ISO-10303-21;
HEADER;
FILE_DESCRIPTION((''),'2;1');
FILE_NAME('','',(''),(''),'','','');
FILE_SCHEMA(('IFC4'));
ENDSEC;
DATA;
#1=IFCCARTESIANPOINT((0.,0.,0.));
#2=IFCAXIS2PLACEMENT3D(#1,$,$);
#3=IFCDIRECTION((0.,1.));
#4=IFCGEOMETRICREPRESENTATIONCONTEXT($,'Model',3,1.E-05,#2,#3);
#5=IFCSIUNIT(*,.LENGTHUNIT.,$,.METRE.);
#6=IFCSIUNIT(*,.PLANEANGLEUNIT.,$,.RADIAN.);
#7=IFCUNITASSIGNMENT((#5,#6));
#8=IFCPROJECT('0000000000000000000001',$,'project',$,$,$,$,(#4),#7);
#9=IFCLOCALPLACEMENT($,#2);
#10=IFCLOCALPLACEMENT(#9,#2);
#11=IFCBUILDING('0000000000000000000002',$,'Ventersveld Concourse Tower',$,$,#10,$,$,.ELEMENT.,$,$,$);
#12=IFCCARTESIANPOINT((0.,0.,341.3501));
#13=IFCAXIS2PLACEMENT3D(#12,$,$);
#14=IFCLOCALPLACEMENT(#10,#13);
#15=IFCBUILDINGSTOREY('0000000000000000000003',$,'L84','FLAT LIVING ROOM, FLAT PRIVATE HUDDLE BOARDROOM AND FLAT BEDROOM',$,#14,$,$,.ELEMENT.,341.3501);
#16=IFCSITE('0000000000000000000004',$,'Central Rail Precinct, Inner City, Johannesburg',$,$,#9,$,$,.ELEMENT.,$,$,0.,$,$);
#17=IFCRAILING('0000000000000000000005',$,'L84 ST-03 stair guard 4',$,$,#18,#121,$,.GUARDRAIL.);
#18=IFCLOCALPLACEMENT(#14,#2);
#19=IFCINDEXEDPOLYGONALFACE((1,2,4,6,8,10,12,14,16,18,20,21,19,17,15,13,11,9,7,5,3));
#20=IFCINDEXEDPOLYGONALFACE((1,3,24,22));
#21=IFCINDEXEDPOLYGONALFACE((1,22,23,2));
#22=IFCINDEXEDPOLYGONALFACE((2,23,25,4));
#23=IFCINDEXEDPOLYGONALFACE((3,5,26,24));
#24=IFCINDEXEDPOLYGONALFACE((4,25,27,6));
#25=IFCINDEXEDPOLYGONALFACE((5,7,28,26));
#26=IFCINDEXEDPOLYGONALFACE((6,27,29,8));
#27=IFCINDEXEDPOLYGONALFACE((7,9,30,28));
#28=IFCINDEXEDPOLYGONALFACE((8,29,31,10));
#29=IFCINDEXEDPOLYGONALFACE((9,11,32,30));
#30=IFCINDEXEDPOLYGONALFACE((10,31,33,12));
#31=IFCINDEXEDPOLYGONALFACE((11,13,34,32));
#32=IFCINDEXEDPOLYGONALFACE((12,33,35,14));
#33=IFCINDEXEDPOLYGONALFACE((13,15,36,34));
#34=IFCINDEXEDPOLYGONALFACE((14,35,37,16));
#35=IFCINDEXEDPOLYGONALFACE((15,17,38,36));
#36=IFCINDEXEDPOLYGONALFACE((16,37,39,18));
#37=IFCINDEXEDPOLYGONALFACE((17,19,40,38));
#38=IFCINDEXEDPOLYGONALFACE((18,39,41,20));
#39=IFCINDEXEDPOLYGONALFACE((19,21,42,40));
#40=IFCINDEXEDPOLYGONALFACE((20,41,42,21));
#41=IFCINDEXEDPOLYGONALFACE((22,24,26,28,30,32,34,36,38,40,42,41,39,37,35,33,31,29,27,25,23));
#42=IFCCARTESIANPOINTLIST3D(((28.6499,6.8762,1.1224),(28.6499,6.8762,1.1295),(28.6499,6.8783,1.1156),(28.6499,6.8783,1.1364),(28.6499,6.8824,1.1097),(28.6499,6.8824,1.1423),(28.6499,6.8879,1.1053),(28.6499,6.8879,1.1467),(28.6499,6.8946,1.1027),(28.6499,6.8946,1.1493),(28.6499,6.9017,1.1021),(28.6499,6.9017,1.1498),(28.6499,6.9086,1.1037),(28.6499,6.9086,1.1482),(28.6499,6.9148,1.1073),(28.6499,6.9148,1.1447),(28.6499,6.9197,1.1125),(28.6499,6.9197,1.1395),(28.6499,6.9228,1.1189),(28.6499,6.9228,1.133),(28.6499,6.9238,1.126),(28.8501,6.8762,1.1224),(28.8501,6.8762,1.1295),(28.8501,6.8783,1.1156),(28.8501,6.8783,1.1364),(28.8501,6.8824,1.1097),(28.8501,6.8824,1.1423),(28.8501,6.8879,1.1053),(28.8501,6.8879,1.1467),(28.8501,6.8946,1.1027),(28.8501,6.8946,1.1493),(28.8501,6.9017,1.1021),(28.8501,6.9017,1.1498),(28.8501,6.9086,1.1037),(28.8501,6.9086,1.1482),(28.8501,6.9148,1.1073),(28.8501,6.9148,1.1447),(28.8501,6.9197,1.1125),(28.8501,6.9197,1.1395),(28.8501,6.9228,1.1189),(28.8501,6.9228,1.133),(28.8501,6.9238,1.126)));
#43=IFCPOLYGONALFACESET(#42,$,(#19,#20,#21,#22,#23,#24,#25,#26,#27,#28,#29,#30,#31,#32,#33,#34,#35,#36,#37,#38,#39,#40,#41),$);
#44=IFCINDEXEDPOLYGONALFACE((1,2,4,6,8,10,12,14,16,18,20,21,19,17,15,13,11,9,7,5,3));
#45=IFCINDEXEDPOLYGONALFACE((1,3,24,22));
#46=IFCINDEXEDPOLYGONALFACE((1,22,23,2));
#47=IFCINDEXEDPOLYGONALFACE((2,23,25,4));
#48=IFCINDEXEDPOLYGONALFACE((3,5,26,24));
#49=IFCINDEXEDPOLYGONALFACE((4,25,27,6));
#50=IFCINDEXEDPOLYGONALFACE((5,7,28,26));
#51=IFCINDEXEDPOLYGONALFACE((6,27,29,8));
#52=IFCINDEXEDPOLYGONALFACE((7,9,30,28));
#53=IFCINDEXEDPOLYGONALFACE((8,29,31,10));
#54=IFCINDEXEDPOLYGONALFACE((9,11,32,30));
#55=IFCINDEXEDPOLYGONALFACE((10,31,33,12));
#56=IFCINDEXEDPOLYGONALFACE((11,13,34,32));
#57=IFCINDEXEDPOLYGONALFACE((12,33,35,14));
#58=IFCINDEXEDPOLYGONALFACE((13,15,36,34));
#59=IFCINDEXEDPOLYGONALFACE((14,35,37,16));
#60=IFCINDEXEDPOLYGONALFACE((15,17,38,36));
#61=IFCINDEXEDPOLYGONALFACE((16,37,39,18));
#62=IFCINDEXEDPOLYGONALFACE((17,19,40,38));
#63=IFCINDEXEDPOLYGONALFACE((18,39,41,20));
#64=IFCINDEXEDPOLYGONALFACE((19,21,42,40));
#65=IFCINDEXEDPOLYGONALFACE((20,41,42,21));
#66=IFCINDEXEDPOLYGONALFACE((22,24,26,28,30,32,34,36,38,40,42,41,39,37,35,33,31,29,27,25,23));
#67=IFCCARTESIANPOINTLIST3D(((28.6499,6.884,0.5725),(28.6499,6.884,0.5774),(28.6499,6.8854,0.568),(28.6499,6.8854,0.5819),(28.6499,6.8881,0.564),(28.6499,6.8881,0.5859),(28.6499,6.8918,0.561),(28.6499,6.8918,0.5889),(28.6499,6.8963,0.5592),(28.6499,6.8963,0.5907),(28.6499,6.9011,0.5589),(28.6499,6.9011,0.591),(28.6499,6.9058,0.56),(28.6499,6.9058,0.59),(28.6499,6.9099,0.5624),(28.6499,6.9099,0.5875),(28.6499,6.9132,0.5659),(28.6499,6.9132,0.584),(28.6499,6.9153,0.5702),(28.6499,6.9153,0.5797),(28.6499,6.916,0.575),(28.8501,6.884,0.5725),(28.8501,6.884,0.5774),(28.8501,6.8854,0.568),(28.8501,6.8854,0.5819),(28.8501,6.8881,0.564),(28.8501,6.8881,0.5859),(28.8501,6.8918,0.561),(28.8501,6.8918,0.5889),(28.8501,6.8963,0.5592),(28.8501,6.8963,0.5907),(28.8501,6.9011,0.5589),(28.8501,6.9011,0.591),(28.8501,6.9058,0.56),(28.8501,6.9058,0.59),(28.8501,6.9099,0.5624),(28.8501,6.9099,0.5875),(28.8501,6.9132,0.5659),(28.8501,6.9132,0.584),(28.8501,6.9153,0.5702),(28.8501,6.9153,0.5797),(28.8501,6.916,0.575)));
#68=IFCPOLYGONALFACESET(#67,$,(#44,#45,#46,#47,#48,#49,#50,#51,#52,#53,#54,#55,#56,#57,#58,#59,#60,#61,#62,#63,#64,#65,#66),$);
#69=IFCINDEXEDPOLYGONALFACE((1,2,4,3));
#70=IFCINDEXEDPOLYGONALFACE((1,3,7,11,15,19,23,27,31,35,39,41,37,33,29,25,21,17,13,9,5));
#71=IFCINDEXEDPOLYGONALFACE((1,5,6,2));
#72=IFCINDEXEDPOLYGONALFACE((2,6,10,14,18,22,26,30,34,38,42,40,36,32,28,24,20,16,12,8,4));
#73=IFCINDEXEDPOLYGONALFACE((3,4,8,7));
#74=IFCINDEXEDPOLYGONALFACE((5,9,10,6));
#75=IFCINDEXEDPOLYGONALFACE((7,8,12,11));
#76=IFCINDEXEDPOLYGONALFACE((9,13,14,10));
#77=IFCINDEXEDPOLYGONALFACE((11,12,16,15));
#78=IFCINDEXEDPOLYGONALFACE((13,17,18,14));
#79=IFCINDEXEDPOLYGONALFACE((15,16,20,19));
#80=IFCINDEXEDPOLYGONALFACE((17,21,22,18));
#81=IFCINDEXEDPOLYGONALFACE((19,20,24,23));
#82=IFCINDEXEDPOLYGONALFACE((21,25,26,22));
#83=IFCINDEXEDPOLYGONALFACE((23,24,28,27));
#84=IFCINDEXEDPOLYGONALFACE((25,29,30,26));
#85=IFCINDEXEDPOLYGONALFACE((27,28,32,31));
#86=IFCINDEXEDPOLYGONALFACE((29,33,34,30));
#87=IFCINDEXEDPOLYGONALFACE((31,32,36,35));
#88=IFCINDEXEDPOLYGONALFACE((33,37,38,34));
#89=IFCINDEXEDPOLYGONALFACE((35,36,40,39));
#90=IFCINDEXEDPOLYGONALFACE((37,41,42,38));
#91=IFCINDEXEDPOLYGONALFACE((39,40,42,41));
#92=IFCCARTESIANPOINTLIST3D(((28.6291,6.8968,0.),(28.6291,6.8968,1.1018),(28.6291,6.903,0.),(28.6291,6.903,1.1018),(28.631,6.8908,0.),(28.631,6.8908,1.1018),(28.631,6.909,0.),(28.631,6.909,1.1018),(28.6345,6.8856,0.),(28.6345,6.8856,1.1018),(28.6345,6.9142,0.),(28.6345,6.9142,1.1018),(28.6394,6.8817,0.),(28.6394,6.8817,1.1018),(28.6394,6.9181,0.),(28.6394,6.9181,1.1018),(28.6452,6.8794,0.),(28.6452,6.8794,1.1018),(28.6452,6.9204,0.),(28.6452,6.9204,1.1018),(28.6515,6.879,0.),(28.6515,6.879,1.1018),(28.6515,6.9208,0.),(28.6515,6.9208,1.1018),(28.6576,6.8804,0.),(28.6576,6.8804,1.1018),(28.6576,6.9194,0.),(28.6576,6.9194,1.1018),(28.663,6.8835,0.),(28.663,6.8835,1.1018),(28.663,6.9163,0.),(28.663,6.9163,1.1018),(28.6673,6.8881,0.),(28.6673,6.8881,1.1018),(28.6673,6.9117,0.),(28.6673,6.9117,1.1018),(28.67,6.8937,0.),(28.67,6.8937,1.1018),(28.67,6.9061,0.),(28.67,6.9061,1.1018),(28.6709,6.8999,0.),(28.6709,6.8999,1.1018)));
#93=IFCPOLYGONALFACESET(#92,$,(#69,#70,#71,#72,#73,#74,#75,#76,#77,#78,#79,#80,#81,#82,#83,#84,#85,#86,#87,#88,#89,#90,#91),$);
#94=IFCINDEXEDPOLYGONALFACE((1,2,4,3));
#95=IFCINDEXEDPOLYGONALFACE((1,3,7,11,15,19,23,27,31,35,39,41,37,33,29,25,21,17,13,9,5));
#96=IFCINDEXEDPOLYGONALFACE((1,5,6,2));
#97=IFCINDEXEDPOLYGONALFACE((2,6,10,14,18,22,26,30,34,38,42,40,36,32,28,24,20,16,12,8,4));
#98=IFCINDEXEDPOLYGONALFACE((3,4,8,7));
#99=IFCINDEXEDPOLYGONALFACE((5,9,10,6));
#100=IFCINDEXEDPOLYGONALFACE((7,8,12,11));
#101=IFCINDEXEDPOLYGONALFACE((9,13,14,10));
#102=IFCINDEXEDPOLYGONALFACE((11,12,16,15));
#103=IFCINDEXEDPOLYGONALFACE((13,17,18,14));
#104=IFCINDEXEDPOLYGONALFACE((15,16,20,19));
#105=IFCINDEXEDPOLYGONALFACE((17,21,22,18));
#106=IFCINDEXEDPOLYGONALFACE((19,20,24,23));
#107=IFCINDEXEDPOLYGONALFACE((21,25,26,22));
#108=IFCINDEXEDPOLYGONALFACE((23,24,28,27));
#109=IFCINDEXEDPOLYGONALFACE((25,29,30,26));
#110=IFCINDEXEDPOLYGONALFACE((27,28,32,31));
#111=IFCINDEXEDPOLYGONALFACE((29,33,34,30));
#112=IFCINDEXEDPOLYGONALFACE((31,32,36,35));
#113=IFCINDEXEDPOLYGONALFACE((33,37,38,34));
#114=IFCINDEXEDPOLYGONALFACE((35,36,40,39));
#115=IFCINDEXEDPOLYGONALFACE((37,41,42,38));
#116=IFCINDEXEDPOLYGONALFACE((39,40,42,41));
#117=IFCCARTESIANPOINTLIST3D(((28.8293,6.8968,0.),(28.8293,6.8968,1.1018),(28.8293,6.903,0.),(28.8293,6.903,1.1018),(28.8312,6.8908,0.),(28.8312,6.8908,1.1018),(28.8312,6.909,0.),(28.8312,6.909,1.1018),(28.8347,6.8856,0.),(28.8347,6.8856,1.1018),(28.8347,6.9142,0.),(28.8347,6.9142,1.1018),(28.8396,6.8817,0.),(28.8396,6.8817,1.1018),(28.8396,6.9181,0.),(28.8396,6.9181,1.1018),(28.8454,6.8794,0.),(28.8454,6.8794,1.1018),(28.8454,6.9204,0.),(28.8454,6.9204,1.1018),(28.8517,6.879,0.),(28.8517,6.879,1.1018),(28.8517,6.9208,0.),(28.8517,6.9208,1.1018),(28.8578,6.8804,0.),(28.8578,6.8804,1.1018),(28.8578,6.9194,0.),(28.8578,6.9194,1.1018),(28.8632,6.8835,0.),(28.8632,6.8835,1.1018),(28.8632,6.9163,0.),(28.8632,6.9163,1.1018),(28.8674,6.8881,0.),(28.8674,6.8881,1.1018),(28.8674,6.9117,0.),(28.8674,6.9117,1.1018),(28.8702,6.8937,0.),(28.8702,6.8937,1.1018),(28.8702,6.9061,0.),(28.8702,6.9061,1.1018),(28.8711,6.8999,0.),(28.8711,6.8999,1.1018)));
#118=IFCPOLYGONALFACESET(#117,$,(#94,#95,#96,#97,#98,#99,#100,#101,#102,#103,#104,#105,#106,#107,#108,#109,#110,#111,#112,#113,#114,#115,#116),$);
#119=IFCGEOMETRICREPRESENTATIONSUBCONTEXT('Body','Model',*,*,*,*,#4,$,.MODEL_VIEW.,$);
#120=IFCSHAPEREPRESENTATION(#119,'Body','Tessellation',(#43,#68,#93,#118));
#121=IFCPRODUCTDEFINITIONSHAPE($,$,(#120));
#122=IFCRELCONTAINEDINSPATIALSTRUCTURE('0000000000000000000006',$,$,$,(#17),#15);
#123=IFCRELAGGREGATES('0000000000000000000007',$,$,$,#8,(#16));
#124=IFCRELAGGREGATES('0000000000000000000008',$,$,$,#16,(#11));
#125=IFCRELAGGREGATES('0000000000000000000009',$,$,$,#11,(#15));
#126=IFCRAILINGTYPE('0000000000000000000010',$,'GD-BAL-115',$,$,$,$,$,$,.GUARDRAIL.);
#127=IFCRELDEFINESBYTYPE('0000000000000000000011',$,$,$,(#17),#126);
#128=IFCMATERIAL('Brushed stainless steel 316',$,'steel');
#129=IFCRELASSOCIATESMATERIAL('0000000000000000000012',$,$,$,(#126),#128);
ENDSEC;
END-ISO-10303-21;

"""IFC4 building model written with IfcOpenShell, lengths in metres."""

from ifc_helpers import new_model, si_unit, direction, frame, origin, origin_2d, place, context, subcontext, project, spatial, circle, extrude, material, type_object, element, save


model = new_model("IFC4")

# Units and contexts
model_context = context("Model", 3, precision=1e-05, world=origin(), true_north=direction((0.0, 1.0)))
body_context = subcontext(model_context, "Body", "Model", "MODEL_VIEW")
ifc_project = project(units=[si_unit("LENGTHUNIT", "METRE"), si_unit("PLANEANGLEUNIT", "RADIAN")], contexts=[model_context])

# Site, building, storey
site_placement = place(None, origin())
site = spatial("IfcSite", under=ifc_project, at=site_placement, Name="Central Rail Precinct, Inner City, Johannesburg", CompositionType="ELEMENT", RefElevation=0.0)
building_placement = place(site_placement, origin())
building = spatial("IfcBuilding", under=site, at=building_placement, Name="Ventersveld Concourse Tower", CompositionType="ELEMENT")
storey_placement = place(building_placement, frame((0.0, 0.0, 341.3501)))
storey = spatial("IfcBuildingStorey", under=building, at=storey_placement, Name="L84", Description="FLAT LIVING ROOM, FLAT PRIVATE HUDDLE BOARDROOM AND FLAT BEDROOM", CompositionType="ELEMENT", Elevation=341.3501)

# Railing
ifc_material_1 = material(Name="Brushed stainless steel 316", Category="steel")
railing_type_1 = type_object("IfcRailingType", Name="GD-BAL-115", PredefinedType="GUARDRAIL", material=ifc_material_1)
railing_1_placement = place(storey_placement, frame((28.6499, 6.8999, 0.0)))
element("IfcRailing", 1, at=railing_1_placement, inside=storey, type_object=railing_type_1, Name="L84 ST-03 stair guard 4", PredefinedType="GUARDRAIL", context=body_context, shape_type="SweptSolid", body=[
    extrude(circle(Radius=0.0239, at=origin_2d()), frame((0.0, 0.0, 1.126), z_axis=(1.0, 0.0, 0.0), x_axis=(0.0, 1.0, 0.0)), (0.0, 0.0, 1.0), 0.2002),
    extrude(circle(Radius=0.0161, at=origin_2d()), frame((0.0, 0.0, 0.575), z_axis=(1.0, 0.0, 0.0), x_axis=(0.0, 1.0, 0.0)), (0.0, 0.0, 1.0), 0.2002),
    extrude(circle(Radius=0.021, at=origin_2d()), origin(), (0.0, 0.0, 1.0), 1.1018),
    extrude(circle(Radius=0.021, at=origin_2d()), frame((0.2002, 0.0, 0.0)), (0.0, 0.0, 1.0), 1.1018),
])

save(model, "model.ifc")
